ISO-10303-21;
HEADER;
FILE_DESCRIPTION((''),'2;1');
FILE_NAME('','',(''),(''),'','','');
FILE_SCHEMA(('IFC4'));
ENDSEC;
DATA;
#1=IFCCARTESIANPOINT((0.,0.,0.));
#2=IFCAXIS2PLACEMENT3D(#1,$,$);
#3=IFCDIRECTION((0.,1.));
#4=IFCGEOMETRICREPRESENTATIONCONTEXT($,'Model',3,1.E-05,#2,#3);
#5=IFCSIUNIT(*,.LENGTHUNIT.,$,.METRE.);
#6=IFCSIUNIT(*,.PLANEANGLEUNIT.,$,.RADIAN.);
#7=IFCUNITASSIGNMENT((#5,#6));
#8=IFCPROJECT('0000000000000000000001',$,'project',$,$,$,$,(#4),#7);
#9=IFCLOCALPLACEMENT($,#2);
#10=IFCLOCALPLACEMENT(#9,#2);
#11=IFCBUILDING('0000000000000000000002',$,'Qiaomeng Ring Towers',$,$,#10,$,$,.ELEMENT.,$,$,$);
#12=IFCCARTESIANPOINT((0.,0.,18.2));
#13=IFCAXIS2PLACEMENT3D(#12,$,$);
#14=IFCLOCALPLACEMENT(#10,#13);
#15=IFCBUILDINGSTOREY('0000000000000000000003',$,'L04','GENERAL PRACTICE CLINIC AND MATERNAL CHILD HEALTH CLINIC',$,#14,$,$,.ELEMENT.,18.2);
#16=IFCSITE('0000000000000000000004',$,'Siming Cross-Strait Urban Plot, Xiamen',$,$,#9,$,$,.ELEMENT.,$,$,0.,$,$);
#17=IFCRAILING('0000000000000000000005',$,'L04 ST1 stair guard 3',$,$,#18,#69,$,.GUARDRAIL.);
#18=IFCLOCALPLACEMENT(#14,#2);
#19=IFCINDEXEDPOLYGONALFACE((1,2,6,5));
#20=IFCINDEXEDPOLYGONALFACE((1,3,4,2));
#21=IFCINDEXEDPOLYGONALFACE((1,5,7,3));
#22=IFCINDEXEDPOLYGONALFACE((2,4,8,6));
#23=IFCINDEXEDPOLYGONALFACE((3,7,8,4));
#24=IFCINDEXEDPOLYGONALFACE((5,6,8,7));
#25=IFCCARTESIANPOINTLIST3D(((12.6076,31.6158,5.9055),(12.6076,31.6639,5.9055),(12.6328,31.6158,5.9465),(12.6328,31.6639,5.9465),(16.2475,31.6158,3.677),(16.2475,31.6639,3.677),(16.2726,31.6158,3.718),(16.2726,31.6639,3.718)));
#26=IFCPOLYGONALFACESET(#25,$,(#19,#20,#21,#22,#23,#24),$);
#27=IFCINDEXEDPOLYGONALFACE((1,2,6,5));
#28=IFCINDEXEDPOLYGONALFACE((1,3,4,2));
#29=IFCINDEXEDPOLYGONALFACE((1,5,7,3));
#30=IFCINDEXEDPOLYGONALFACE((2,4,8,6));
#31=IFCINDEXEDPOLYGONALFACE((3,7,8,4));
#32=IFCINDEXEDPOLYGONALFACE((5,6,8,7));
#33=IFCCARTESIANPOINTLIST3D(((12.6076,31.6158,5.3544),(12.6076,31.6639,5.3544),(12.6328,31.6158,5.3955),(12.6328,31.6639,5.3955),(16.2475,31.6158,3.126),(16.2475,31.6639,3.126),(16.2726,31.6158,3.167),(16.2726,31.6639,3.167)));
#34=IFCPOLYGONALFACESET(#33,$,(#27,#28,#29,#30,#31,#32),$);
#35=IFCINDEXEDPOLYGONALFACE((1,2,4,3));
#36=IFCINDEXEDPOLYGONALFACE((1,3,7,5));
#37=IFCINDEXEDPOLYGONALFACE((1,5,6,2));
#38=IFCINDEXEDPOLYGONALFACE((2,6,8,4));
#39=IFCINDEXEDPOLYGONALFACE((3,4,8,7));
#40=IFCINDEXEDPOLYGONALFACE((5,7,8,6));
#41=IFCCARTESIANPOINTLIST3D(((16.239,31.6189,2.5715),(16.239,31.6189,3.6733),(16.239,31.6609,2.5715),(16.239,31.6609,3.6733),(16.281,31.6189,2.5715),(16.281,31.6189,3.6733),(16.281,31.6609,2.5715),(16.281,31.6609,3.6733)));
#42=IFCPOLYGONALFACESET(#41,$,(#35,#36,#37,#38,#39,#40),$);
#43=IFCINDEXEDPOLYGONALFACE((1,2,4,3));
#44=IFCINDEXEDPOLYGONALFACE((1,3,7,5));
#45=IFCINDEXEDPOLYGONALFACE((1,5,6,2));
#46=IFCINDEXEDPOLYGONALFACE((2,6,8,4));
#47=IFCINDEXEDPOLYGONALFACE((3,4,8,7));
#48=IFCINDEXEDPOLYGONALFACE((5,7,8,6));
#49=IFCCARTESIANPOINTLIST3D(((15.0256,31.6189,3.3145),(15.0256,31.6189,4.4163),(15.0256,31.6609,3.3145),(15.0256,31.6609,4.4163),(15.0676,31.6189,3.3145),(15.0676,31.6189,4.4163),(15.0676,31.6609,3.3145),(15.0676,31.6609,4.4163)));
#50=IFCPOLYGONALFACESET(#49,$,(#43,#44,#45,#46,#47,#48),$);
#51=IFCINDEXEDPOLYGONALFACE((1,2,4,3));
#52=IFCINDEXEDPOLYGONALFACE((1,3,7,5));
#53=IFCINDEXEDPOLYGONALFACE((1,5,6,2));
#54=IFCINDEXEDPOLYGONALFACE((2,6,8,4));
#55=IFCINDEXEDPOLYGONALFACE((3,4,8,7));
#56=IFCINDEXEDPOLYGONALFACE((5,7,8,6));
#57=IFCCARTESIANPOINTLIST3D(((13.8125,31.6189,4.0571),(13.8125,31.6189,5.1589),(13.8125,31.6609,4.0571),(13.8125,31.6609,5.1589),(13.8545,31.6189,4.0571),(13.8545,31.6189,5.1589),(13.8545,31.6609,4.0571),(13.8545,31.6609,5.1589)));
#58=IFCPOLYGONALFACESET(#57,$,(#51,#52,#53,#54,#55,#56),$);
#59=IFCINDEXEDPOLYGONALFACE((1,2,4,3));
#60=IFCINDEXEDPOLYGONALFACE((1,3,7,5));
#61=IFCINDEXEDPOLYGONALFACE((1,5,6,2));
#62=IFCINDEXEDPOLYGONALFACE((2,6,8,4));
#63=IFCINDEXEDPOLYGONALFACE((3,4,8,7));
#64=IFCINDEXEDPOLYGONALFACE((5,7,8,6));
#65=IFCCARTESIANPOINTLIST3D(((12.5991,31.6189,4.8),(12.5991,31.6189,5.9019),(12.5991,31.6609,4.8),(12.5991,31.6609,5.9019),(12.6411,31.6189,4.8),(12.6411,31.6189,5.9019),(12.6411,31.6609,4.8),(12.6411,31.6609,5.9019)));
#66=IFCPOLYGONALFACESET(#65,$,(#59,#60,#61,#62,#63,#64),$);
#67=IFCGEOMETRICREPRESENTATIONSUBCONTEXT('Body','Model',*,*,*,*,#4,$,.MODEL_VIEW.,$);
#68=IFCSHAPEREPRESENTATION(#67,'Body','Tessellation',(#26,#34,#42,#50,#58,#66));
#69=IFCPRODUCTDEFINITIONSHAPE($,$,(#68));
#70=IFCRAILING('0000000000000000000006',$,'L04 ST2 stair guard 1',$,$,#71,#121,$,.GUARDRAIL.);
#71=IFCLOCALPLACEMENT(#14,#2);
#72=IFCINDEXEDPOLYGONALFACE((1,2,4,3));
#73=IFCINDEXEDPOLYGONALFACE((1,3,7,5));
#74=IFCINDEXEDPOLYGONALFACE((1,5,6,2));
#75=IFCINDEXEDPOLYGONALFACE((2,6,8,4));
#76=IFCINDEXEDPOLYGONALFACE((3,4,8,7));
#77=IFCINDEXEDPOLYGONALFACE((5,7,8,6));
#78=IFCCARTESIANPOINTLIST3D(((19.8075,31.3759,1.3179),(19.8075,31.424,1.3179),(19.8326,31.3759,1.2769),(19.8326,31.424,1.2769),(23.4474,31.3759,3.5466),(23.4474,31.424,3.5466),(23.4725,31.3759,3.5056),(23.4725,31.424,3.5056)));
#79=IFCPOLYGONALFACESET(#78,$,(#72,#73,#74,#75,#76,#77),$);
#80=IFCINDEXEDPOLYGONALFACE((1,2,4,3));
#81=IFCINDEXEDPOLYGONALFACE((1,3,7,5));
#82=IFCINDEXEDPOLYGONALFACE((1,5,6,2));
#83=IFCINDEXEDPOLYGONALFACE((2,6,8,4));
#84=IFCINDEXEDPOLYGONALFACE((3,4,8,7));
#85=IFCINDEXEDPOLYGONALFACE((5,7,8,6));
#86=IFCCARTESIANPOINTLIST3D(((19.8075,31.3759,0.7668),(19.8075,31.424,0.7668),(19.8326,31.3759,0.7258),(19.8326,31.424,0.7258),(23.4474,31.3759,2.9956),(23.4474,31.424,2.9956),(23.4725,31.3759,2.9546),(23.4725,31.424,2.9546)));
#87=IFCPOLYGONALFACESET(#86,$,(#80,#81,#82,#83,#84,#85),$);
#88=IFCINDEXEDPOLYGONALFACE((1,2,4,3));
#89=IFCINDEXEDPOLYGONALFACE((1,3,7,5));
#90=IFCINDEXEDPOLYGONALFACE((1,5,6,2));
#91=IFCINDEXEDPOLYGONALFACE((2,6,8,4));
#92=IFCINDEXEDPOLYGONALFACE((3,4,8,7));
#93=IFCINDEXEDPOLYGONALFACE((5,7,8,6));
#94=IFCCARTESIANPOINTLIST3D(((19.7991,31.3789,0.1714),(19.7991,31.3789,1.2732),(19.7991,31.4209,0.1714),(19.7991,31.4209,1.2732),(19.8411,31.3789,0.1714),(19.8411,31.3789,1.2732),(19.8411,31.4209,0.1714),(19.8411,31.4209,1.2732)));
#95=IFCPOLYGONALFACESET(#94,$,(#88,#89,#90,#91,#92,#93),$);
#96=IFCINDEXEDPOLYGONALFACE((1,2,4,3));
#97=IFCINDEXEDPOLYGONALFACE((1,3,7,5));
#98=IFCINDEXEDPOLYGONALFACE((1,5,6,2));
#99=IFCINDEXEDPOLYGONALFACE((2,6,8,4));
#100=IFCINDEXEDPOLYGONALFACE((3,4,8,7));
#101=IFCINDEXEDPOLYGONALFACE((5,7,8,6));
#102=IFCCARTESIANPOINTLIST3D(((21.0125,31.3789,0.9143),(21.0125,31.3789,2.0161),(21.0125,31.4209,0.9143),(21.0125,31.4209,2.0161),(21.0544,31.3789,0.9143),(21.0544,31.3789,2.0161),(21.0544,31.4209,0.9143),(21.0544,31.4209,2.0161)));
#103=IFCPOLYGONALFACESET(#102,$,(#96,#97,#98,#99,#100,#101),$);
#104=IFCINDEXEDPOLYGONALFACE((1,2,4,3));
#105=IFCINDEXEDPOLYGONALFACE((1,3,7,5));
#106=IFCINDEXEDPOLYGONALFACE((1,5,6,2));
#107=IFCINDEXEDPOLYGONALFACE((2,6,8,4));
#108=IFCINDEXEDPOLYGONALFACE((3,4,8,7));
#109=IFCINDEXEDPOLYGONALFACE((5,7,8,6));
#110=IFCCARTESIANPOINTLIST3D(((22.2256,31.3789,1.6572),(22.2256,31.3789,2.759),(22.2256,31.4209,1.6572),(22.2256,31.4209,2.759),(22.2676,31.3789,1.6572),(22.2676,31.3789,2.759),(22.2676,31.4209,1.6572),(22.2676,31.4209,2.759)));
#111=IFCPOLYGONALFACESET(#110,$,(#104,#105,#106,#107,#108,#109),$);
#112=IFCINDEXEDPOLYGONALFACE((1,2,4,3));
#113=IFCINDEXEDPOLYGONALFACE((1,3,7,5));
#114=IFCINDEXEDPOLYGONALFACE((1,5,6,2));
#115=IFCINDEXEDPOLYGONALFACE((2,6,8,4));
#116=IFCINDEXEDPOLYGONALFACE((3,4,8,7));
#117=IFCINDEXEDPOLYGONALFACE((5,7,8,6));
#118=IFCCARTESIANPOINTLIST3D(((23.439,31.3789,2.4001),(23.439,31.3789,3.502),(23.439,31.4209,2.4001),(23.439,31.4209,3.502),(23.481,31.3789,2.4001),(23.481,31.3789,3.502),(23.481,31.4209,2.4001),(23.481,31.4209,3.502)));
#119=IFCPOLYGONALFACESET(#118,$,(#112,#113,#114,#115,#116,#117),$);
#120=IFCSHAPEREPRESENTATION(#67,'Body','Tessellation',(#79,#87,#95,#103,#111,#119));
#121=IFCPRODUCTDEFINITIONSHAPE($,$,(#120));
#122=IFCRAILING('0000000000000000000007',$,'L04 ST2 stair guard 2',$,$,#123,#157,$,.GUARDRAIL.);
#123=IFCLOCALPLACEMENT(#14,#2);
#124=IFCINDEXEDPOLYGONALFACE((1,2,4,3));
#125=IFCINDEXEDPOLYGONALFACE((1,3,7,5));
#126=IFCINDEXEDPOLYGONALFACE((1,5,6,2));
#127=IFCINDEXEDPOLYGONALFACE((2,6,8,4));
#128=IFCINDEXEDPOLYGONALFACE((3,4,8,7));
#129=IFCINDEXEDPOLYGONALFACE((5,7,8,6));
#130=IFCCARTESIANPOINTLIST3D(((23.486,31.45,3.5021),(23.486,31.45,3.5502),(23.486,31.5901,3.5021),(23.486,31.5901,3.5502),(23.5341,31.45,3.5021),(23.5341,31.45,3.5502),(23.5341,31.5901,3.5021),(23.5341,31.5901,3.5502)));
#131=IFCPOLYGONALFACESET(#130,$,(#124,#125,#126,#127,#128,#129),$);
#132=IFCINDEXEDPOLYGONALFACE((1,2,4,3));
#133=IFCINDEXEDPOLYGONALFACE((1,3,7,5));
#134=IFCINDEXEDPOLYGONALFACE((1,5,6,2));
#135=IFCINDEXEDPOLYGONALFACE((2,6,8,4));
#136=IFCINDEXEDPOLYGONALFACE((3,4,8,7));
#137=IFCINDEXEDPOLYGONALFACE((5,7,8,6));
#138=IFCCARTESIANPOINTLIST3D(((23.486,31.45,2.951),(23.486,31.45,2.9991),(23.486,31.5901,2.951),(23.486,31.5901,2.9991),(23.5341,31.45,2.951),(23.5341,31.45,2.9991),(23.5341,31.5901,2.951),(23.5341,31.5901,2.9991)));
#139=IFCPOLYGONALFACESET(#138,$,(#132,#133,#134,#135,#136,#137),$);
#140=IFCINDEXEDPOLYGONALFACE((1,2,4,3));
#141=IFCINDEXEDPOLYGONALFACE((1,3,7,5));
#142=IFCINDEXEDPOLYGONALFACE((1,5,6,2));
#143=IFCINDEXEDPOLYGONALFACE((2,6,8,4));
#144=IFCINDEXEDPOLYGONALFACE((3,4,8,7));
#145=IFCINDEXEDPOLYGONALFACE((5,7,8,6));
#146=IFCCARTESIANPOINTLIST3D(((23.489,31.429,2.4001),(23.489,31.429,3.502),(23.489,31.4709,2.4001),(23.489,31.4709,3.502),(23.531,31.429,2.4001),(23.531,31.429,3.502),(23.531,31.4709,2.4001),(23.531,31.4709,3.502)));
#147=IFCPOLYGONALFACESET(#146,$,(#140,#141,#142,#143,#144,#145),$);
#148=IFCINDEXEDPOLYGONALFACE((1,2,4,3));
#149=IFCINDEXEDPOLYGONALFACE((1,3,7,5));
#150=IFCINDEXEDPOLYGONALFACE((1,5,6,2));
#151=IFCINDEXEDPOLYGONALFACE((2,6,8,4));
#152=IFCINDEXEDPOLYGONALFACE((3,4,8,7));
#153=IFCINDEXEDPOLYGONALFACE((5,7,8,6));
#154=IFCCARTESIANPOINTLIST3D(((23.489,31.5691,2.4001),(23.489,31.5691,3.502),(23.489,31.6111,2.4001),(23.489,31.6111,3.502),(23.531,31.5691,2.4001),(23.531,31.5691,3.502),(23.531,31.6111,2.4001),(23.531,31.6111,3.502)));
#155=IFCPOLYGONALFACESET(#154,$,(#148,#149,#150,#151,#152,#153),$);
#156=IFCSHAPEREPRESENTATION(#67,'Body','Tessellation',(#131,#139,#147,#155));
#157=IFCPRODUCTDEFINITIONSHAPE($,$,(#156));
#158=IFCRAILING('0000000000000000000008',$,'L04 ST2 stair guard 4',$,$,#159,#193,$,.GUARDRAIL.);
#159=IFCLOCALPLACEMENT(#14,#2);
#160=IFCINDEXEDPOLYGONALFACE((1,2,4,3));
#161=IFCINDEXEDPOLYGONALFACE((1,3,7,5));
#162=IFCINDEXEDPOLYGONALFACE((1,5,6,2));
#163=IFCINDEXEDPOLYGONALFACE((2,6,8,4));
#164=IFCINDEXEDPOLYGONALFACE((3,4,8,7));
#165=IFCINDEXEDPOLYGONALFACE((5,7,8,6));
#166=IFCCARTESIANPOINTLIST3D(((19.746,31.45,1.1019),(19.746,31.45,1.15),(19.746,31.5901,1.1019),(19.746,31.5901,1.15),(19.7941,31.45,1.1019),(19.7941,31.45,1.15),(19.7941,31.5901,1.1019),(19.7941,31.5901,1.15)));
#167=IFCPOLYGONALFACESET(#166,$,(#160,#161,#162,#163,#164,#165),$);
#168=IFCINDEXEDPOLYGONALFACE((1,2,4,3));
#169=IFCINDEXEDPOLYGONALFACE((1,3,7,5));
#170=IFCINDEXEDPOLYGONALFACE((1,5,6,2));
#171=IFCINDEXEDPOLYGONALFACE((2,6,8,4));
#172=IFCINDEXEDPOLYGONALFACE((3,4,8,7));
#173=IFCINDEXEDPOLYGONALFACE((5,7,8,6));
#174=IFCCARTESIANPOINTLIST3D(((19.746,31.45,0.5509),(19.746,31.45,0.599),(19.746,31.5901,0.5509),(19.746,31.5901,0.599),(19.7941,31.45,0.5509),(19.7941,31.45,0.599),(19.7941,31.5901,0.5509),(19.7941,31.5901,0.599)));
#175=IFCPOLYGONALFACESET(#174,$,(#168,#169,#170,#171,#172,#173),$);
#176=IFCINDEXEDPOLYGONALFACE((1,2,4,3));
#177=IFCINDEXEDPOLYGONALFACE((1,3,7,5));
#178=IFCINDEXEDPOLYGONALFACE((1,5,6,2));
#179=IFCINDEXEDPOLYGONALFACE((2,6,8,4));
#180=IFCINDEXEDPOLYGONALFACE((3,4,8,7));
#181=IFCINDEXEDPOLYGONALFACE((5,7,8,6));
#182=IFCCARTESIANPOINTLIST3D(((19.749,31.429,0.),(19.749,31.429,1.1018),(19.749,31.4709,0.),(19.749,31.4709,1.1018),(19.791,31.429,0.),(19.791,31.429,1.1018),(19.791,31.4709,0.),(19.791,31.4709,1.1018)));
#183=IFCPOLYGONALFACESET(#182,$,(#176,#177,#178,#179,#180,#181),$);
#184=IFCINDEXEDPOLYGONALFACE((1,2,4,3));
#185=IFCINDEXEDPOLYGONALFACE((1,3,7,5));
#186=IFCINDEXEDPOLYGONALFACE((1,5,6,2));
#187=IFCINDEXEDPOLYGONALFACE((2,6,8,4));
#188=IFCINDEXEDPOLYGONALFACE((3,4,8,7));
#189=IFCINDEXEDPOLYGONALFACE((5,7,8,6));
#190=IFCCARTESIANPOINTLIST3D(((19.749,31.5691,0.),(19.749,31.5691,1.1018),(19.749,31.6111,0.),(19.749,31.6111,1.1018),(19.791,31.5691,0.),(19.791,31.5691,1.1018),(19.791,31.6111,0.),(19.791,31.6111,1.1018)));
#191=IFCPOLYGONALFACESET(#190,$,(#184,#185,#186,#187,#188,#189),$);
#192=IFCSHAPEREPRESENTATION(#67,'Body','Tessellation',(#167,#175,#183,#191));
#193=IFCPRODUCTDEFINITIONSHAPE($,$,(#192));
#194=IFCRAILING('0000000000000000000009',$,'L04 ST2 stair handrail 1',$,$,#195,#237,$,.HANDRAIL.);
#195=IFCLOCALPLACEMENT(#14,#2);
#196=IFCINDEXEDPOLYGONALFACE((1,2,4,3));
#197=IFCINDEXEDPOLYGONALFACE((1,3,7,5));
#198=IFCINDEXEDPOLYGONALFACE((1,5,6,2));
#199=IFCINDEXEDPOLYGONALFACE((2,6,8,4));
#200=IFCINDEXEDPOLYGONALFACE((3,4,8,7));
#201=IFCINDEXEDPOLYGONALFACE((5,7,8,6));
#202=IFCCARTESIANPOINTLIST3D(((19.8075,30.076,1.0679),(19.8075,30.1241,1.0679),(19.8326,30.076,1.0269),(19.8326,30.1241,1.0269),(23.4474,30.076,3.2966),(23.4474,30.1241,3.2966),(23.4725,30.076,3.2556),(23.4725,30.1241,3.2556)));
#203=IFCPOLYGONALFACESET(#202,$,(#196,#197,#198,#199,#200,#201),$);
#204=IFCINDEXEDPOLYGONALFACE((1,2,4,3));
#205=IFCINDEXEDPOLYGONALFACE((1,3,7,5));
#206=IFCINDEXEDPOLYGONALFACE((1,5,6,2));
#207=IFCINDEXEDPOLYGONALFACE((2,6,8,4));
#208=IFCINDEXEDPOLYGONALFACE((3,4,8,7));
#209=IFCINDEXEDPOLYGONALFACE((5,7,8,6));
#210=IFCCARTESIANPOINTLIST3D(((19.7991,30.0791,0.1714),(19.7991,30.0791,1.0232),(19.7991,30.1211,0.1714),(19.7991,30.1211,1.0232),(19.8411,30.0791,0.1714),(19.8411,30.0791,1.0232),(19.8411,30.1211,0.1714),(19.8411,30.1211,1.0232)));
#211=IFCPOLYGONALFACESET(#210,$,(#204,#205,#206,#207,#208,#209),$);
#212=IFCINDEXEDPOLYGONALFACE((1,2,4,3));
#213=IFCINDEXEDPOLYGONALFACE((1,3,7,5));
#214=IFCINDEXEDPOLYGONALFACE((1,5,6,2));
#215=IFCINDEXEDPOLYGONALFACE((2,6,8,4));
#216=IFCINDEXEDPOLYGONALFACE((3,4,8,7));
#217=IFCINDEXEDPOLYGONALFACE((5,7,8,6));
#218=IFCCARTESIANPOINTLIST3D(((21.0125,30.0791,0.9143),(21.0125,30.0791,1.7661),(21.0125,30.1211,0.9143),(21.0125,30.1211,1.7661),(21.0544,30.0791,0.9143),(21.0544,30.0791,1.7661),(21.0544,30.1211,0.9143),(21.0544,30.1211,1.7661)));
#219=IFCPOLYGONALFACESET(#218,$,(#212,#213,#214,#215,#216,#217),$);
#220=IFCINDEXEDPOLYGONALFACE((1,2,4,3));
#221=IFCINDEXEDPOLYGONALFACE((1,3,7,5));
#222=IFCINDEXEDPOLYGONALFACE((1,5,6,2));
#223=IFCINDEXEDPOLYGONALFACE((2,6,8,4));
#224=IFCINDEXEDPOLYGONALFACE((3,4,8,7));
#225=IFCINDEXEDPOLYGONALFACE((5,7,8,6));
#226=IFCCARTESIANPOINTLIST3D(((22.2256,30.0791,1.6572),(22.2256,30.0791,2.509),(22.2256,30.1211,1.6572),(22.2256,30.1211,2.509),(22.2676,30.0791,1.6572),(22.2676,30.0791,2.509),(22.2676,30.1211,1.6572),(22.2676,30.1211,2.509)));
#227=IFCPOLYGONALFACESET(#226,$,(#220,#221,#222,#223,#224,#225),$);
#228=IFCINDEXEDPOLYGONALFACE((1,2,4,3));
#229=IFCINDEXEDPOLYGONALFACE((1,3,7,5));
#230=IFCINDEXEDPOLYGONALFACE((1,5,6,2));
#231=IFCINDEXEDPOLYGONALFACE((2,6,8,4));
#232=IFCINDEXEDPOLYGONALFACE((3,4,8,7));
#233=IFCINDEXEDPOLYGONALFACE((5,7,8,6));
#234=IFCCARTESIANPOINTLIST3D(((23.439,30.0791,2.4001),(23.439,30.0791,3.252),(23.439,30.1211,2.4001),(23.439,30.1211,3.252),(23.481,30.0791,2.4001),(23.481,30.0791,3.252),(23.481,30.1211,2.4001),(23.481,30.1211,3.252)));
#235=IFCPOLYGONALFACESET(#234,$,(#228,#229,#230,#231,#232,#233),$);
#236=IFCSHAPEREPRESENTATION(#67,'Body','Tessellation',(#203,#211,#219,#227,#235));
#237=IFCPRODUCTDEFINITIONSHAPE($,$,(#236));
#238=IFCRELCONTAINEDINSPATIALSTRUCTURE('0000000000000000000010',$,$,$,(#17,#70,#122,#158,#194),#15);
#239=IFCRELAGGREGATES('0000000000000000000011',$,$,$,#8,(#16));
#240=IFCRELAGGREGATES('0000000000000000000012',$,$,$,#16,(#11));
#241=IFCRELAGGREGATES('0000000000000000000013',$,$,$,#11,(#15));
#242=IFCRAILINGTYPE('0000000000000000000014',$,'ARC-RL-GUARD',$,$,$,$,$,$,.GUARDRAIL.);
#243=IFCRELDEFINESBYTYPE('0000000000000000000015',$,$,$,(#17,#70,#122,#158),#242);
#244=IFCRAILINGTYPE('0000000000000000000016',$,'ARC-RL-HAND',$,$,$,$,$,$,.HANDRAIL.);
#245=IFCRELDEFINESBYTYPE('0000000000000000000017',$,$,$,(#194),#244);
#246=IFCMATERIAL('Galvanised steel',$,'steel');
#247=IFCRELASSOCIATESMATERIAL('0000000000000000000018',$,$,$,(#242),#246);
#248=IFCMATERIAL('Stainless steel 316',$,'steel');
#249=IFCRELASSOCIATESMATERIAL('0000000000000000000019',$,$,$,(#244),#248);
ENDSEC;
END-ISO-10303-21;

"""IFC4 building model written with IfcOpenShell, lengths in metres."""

from ifc_helpers import new_model, si_unit, direction, frame, origin, origin_2d, place, context, subcontext, project, spatial, rectangle, extrude, material, type_object, element, save


model = new_model("IFC4")

# Units and contexts
model_context = context("Model", 3, precision=1e-05, world=origin(), true_north=direction((0.0, 1.0)))
body_context = subcontext(model_context, "Body", "Model", "MODEL_VIEW")
ifc_project = project(units=[si_unit("LENGTHUNIT", "METRE"), si_unit("PLANEANGLEUNIT", "RADIAN")], contexts=[model_context])

# Site, building, storey
site_placement = place(None, origin())
site = spatial("IfcSite", under=ifc_project, at=site_placement, Name="Siming Cross-Strait Urban Plot, Xiamen", CompositionType="ELEMENT", RefElevation=0.0)
building_placement = place(site_placement, origin())
building = spatial("IfcBuilding", under=site, at=building_placement, Name="Qiaomeng Ring Towers", CompositionType="ELEMENT")
storey_placement = place(building_placement, frame((0.0, 0.0, 18.2)))
storey = spatial("IfcBuildingStorey", under=building, at=storey_placement, Name="L04", Description="GENERAL PRACTICE CLINIC AND MATERNAL CHILD HEALTH CLINIC", CompositionType="ELEMENT", Elevation=18.2)

# Shared definitions
ifc_material_1 = material(Name="Galvanised steel", Category="steel")

# Shared definitions
ifc_material_2 = material(Name="Stainless steel 316", Category="steel")

# Railings
railing_type_1 = type_object("IfcRailingType", Name="ARC-RL-GUARD", PredefinedType="GUARDRAIL", material=ifc_material_1)
railing_1_placement = place(storey_placement, frame((16.26, 31.6399, 2.5715)))
element("IfcRailing", 1, at=railing_1_placement, inside=storey, type_object=railing_type_1, Name="L04 ST1 stair guard 3", PredefinedType="GUARDRAIL", context=body_context, shape_type="SweptSolid", body=[
    extrude(rectangle(XDim=0.0481, YDim=0.0481, at=origin_2d()), frame((0.0, 0.0, 1.126), z_axis=(-0.85285, 0.0, 0.522156), x_axis=(0.0, -1.0, 0.0)), (0.0, 0.0, 1.0), 4.2678),
    extrude(rectangle(XDim=0.0481, YDim=0.0481, at=origin_2d()), frame((0.0, 0.0, 0.575), z_axis=(-0.85285, 0.0, 0.522156), x_axis=(0.0, -1.0, 0.0)), (0.0, 0.0, 1.0), 4.2678),
    extrude(rectangle(XDim=0.042, YDim=0.042, at=origin_2d()), origin(), (0.0, 0.0, 1.0), 1.1018),
    extrude(rectangle(XDim=0.042, YDim=0.042, at=origin_2d()), frame((-1.2134, 0.0, 0.7429)), (0.0, 0.0, 1.0), 1.1018),
    extrude(rectangle(XDim=0.042, YDim=0.042, at=origin_2d()), frame((-2.4265, 0.0, 1.4856)), (0.0, 0.0, 1.0), 1.1018),
    extrude(rectangle(XDim=0.042, YDim=0.042, at=origin_2d()), frame((-3.6399, 0.0, 2.2285)), (0.0, 0.0, 1.0), 1.1018),
])
railing_2_placement = place(storey_placement, frame((19.8201, 31.3999, 0.1714)))
element("IfcRailing", 2, at=railing_2_placement, inside=storey, type_object=railing_type_1, Name="L04 ST2 stair guard 1", PredefinedType="GUARDRAIL", context=body_context, shape_type="SweptSolid", body=[
    extrude(rectangle(XDim=0.0481, YDim=0.0481, at=origin_2d()), frame((0.0, 0.0, 1.126), z_axis=(0.852825, 0.0, 0.522197), x_axis=(0.0, 1.0, 0.0)), (0.0, 0.0, 1.0), 4.2681),
    extrude(rectangle(XDim=0.0481, YDim=0.0481, at=origin_2d()), frame((0.0, 0.0, 0.575), z_axis=(0.852825, 0.0, 0.522197), x_axis=(0.0, 1.0, 0.0)), (0.0, 0.0, 1.0), 4.2681),
    extrude(rectangle(XDim=0.042, YDim=0.042, at=origin_2d()), origin(), (0.0, 0.0, 1.0), 1.1018),
    extrude(rectangle(XDim=0.042, YDim=0.042, at=origin_2d()), frame((1.2134, 0.0, 0.7429)), (0.0, 0.0, 1.0), 1.1018),
    extrude(rectangle(XDim=0.042, YDim=0.042, at=origin_2d()), frame((2.4265, 0.0, 1.4858)), (0.0, 0.0, 1.0), 1.1018),
    extrude(rectangle(XDim=0.042, YDim=0.042, at=origin_2d()), frame((3.6399, 0.0, 2.2288)), (0.0, 0.0, 1.0), 1.1018),
])
for number, where, name in (
    (3, (23.51, 31.45, 2.4001), "L04 ST2 stair guard 2"),
    (4, (19.77, 31.45, 0.0), "L04 ST2 stair guard 4"),
):
    element("IfcRailing", number, at=place(storey_placement, frame(where)), inside=storey, type_object=railing_type_1, Name=name, PredefinedType="GUARDRAIL", context=body_context, shape_type="SweptSolid", body=[
        extrude(rectangle(XDim=0.0481, YDim=0.0481, at=origin_2d()), frame((0.0, 0.0, 1.126), z_axis=(0.0, 1.0, 0.0), x_axis=(-1.0, 0.0, 0.0)), (0.0, 0.0, 1.0), 0.1401),
        extrude(rectangle(XDim=0.0481, YDim=0.0481, at=origin_2d()), frame((0.0, 0.0, 0.575), z_axis=(0.0, 1.0, 0.0), x_axis=(-1.0, 0.0, 0.0)), (0.0, 0.0, 1.0), 0.1401),
        extrude(rectangle(XDim=0.042, YDim=0.042, at=origin_2d()), origin(), (0.0, 0.0, 1.0), 1.1018),
        extrude(rectangle(XDim=0.042, YDim=0.042, at=origin_2d()), frame((0.0, 0.1401, 0.0)), (0.0, 0.0, 1.0), 1.1018),
    ])
railing_type_2 = type_object("IfcRailingType", Name="ARC-RL-HAND", PredefinedType="HANDRAIL", material=ifc_material_2)
railing_3_placement = place(storey_placement, frame((19.8201, 30.1001, 0.1714)))
element("IfcRailing", 5, at=railing_3_placement, inside=storey, type_object=railing_type_2, Name="L04 ST2 stair handrail 1", PredefinedType="HANDRAIL", context=body_context, shape_type="SweptSolid", body=[
    extrude(rectangle(XDim=0.0481, YDim=0.0481, at=origin_2d()), frame((0.0, 0.0, 0.876), z_axis=(0.852825, 0.0, 0.522197), x_axis=(0.0, 1.0, 0.0)), (0.0, 0.0, 1.0), 4.2681),
    extrude(rectangle(XDim=0.042, YDim=0.042, at=origin_2d()), origin(), (0.0, 0.0, 1.0), 0.8518),
    extrude(rectangle(XDim=0.042, YDim=0.042, at=origin_2d()), frame((1.2134, 0.0, 0.7429)), (0.0, 0.0, 1.0), 0.8518),
    extrude(rectangle(XDim=0.042, YDim=0.042, at=origin_2d()), frame((2.4265, 0.0, 1.4858)), (0.0, 0.0, 1.0), 0.8518),
    extrude(rectangle(XDim=0.042, YDim=0.042, at=origin_2d()), frame((3.6399, 0.0, 2.2288)), (0.0, 0.0, 1.0), 0.8518),
])

save(model, "model.ifc")
